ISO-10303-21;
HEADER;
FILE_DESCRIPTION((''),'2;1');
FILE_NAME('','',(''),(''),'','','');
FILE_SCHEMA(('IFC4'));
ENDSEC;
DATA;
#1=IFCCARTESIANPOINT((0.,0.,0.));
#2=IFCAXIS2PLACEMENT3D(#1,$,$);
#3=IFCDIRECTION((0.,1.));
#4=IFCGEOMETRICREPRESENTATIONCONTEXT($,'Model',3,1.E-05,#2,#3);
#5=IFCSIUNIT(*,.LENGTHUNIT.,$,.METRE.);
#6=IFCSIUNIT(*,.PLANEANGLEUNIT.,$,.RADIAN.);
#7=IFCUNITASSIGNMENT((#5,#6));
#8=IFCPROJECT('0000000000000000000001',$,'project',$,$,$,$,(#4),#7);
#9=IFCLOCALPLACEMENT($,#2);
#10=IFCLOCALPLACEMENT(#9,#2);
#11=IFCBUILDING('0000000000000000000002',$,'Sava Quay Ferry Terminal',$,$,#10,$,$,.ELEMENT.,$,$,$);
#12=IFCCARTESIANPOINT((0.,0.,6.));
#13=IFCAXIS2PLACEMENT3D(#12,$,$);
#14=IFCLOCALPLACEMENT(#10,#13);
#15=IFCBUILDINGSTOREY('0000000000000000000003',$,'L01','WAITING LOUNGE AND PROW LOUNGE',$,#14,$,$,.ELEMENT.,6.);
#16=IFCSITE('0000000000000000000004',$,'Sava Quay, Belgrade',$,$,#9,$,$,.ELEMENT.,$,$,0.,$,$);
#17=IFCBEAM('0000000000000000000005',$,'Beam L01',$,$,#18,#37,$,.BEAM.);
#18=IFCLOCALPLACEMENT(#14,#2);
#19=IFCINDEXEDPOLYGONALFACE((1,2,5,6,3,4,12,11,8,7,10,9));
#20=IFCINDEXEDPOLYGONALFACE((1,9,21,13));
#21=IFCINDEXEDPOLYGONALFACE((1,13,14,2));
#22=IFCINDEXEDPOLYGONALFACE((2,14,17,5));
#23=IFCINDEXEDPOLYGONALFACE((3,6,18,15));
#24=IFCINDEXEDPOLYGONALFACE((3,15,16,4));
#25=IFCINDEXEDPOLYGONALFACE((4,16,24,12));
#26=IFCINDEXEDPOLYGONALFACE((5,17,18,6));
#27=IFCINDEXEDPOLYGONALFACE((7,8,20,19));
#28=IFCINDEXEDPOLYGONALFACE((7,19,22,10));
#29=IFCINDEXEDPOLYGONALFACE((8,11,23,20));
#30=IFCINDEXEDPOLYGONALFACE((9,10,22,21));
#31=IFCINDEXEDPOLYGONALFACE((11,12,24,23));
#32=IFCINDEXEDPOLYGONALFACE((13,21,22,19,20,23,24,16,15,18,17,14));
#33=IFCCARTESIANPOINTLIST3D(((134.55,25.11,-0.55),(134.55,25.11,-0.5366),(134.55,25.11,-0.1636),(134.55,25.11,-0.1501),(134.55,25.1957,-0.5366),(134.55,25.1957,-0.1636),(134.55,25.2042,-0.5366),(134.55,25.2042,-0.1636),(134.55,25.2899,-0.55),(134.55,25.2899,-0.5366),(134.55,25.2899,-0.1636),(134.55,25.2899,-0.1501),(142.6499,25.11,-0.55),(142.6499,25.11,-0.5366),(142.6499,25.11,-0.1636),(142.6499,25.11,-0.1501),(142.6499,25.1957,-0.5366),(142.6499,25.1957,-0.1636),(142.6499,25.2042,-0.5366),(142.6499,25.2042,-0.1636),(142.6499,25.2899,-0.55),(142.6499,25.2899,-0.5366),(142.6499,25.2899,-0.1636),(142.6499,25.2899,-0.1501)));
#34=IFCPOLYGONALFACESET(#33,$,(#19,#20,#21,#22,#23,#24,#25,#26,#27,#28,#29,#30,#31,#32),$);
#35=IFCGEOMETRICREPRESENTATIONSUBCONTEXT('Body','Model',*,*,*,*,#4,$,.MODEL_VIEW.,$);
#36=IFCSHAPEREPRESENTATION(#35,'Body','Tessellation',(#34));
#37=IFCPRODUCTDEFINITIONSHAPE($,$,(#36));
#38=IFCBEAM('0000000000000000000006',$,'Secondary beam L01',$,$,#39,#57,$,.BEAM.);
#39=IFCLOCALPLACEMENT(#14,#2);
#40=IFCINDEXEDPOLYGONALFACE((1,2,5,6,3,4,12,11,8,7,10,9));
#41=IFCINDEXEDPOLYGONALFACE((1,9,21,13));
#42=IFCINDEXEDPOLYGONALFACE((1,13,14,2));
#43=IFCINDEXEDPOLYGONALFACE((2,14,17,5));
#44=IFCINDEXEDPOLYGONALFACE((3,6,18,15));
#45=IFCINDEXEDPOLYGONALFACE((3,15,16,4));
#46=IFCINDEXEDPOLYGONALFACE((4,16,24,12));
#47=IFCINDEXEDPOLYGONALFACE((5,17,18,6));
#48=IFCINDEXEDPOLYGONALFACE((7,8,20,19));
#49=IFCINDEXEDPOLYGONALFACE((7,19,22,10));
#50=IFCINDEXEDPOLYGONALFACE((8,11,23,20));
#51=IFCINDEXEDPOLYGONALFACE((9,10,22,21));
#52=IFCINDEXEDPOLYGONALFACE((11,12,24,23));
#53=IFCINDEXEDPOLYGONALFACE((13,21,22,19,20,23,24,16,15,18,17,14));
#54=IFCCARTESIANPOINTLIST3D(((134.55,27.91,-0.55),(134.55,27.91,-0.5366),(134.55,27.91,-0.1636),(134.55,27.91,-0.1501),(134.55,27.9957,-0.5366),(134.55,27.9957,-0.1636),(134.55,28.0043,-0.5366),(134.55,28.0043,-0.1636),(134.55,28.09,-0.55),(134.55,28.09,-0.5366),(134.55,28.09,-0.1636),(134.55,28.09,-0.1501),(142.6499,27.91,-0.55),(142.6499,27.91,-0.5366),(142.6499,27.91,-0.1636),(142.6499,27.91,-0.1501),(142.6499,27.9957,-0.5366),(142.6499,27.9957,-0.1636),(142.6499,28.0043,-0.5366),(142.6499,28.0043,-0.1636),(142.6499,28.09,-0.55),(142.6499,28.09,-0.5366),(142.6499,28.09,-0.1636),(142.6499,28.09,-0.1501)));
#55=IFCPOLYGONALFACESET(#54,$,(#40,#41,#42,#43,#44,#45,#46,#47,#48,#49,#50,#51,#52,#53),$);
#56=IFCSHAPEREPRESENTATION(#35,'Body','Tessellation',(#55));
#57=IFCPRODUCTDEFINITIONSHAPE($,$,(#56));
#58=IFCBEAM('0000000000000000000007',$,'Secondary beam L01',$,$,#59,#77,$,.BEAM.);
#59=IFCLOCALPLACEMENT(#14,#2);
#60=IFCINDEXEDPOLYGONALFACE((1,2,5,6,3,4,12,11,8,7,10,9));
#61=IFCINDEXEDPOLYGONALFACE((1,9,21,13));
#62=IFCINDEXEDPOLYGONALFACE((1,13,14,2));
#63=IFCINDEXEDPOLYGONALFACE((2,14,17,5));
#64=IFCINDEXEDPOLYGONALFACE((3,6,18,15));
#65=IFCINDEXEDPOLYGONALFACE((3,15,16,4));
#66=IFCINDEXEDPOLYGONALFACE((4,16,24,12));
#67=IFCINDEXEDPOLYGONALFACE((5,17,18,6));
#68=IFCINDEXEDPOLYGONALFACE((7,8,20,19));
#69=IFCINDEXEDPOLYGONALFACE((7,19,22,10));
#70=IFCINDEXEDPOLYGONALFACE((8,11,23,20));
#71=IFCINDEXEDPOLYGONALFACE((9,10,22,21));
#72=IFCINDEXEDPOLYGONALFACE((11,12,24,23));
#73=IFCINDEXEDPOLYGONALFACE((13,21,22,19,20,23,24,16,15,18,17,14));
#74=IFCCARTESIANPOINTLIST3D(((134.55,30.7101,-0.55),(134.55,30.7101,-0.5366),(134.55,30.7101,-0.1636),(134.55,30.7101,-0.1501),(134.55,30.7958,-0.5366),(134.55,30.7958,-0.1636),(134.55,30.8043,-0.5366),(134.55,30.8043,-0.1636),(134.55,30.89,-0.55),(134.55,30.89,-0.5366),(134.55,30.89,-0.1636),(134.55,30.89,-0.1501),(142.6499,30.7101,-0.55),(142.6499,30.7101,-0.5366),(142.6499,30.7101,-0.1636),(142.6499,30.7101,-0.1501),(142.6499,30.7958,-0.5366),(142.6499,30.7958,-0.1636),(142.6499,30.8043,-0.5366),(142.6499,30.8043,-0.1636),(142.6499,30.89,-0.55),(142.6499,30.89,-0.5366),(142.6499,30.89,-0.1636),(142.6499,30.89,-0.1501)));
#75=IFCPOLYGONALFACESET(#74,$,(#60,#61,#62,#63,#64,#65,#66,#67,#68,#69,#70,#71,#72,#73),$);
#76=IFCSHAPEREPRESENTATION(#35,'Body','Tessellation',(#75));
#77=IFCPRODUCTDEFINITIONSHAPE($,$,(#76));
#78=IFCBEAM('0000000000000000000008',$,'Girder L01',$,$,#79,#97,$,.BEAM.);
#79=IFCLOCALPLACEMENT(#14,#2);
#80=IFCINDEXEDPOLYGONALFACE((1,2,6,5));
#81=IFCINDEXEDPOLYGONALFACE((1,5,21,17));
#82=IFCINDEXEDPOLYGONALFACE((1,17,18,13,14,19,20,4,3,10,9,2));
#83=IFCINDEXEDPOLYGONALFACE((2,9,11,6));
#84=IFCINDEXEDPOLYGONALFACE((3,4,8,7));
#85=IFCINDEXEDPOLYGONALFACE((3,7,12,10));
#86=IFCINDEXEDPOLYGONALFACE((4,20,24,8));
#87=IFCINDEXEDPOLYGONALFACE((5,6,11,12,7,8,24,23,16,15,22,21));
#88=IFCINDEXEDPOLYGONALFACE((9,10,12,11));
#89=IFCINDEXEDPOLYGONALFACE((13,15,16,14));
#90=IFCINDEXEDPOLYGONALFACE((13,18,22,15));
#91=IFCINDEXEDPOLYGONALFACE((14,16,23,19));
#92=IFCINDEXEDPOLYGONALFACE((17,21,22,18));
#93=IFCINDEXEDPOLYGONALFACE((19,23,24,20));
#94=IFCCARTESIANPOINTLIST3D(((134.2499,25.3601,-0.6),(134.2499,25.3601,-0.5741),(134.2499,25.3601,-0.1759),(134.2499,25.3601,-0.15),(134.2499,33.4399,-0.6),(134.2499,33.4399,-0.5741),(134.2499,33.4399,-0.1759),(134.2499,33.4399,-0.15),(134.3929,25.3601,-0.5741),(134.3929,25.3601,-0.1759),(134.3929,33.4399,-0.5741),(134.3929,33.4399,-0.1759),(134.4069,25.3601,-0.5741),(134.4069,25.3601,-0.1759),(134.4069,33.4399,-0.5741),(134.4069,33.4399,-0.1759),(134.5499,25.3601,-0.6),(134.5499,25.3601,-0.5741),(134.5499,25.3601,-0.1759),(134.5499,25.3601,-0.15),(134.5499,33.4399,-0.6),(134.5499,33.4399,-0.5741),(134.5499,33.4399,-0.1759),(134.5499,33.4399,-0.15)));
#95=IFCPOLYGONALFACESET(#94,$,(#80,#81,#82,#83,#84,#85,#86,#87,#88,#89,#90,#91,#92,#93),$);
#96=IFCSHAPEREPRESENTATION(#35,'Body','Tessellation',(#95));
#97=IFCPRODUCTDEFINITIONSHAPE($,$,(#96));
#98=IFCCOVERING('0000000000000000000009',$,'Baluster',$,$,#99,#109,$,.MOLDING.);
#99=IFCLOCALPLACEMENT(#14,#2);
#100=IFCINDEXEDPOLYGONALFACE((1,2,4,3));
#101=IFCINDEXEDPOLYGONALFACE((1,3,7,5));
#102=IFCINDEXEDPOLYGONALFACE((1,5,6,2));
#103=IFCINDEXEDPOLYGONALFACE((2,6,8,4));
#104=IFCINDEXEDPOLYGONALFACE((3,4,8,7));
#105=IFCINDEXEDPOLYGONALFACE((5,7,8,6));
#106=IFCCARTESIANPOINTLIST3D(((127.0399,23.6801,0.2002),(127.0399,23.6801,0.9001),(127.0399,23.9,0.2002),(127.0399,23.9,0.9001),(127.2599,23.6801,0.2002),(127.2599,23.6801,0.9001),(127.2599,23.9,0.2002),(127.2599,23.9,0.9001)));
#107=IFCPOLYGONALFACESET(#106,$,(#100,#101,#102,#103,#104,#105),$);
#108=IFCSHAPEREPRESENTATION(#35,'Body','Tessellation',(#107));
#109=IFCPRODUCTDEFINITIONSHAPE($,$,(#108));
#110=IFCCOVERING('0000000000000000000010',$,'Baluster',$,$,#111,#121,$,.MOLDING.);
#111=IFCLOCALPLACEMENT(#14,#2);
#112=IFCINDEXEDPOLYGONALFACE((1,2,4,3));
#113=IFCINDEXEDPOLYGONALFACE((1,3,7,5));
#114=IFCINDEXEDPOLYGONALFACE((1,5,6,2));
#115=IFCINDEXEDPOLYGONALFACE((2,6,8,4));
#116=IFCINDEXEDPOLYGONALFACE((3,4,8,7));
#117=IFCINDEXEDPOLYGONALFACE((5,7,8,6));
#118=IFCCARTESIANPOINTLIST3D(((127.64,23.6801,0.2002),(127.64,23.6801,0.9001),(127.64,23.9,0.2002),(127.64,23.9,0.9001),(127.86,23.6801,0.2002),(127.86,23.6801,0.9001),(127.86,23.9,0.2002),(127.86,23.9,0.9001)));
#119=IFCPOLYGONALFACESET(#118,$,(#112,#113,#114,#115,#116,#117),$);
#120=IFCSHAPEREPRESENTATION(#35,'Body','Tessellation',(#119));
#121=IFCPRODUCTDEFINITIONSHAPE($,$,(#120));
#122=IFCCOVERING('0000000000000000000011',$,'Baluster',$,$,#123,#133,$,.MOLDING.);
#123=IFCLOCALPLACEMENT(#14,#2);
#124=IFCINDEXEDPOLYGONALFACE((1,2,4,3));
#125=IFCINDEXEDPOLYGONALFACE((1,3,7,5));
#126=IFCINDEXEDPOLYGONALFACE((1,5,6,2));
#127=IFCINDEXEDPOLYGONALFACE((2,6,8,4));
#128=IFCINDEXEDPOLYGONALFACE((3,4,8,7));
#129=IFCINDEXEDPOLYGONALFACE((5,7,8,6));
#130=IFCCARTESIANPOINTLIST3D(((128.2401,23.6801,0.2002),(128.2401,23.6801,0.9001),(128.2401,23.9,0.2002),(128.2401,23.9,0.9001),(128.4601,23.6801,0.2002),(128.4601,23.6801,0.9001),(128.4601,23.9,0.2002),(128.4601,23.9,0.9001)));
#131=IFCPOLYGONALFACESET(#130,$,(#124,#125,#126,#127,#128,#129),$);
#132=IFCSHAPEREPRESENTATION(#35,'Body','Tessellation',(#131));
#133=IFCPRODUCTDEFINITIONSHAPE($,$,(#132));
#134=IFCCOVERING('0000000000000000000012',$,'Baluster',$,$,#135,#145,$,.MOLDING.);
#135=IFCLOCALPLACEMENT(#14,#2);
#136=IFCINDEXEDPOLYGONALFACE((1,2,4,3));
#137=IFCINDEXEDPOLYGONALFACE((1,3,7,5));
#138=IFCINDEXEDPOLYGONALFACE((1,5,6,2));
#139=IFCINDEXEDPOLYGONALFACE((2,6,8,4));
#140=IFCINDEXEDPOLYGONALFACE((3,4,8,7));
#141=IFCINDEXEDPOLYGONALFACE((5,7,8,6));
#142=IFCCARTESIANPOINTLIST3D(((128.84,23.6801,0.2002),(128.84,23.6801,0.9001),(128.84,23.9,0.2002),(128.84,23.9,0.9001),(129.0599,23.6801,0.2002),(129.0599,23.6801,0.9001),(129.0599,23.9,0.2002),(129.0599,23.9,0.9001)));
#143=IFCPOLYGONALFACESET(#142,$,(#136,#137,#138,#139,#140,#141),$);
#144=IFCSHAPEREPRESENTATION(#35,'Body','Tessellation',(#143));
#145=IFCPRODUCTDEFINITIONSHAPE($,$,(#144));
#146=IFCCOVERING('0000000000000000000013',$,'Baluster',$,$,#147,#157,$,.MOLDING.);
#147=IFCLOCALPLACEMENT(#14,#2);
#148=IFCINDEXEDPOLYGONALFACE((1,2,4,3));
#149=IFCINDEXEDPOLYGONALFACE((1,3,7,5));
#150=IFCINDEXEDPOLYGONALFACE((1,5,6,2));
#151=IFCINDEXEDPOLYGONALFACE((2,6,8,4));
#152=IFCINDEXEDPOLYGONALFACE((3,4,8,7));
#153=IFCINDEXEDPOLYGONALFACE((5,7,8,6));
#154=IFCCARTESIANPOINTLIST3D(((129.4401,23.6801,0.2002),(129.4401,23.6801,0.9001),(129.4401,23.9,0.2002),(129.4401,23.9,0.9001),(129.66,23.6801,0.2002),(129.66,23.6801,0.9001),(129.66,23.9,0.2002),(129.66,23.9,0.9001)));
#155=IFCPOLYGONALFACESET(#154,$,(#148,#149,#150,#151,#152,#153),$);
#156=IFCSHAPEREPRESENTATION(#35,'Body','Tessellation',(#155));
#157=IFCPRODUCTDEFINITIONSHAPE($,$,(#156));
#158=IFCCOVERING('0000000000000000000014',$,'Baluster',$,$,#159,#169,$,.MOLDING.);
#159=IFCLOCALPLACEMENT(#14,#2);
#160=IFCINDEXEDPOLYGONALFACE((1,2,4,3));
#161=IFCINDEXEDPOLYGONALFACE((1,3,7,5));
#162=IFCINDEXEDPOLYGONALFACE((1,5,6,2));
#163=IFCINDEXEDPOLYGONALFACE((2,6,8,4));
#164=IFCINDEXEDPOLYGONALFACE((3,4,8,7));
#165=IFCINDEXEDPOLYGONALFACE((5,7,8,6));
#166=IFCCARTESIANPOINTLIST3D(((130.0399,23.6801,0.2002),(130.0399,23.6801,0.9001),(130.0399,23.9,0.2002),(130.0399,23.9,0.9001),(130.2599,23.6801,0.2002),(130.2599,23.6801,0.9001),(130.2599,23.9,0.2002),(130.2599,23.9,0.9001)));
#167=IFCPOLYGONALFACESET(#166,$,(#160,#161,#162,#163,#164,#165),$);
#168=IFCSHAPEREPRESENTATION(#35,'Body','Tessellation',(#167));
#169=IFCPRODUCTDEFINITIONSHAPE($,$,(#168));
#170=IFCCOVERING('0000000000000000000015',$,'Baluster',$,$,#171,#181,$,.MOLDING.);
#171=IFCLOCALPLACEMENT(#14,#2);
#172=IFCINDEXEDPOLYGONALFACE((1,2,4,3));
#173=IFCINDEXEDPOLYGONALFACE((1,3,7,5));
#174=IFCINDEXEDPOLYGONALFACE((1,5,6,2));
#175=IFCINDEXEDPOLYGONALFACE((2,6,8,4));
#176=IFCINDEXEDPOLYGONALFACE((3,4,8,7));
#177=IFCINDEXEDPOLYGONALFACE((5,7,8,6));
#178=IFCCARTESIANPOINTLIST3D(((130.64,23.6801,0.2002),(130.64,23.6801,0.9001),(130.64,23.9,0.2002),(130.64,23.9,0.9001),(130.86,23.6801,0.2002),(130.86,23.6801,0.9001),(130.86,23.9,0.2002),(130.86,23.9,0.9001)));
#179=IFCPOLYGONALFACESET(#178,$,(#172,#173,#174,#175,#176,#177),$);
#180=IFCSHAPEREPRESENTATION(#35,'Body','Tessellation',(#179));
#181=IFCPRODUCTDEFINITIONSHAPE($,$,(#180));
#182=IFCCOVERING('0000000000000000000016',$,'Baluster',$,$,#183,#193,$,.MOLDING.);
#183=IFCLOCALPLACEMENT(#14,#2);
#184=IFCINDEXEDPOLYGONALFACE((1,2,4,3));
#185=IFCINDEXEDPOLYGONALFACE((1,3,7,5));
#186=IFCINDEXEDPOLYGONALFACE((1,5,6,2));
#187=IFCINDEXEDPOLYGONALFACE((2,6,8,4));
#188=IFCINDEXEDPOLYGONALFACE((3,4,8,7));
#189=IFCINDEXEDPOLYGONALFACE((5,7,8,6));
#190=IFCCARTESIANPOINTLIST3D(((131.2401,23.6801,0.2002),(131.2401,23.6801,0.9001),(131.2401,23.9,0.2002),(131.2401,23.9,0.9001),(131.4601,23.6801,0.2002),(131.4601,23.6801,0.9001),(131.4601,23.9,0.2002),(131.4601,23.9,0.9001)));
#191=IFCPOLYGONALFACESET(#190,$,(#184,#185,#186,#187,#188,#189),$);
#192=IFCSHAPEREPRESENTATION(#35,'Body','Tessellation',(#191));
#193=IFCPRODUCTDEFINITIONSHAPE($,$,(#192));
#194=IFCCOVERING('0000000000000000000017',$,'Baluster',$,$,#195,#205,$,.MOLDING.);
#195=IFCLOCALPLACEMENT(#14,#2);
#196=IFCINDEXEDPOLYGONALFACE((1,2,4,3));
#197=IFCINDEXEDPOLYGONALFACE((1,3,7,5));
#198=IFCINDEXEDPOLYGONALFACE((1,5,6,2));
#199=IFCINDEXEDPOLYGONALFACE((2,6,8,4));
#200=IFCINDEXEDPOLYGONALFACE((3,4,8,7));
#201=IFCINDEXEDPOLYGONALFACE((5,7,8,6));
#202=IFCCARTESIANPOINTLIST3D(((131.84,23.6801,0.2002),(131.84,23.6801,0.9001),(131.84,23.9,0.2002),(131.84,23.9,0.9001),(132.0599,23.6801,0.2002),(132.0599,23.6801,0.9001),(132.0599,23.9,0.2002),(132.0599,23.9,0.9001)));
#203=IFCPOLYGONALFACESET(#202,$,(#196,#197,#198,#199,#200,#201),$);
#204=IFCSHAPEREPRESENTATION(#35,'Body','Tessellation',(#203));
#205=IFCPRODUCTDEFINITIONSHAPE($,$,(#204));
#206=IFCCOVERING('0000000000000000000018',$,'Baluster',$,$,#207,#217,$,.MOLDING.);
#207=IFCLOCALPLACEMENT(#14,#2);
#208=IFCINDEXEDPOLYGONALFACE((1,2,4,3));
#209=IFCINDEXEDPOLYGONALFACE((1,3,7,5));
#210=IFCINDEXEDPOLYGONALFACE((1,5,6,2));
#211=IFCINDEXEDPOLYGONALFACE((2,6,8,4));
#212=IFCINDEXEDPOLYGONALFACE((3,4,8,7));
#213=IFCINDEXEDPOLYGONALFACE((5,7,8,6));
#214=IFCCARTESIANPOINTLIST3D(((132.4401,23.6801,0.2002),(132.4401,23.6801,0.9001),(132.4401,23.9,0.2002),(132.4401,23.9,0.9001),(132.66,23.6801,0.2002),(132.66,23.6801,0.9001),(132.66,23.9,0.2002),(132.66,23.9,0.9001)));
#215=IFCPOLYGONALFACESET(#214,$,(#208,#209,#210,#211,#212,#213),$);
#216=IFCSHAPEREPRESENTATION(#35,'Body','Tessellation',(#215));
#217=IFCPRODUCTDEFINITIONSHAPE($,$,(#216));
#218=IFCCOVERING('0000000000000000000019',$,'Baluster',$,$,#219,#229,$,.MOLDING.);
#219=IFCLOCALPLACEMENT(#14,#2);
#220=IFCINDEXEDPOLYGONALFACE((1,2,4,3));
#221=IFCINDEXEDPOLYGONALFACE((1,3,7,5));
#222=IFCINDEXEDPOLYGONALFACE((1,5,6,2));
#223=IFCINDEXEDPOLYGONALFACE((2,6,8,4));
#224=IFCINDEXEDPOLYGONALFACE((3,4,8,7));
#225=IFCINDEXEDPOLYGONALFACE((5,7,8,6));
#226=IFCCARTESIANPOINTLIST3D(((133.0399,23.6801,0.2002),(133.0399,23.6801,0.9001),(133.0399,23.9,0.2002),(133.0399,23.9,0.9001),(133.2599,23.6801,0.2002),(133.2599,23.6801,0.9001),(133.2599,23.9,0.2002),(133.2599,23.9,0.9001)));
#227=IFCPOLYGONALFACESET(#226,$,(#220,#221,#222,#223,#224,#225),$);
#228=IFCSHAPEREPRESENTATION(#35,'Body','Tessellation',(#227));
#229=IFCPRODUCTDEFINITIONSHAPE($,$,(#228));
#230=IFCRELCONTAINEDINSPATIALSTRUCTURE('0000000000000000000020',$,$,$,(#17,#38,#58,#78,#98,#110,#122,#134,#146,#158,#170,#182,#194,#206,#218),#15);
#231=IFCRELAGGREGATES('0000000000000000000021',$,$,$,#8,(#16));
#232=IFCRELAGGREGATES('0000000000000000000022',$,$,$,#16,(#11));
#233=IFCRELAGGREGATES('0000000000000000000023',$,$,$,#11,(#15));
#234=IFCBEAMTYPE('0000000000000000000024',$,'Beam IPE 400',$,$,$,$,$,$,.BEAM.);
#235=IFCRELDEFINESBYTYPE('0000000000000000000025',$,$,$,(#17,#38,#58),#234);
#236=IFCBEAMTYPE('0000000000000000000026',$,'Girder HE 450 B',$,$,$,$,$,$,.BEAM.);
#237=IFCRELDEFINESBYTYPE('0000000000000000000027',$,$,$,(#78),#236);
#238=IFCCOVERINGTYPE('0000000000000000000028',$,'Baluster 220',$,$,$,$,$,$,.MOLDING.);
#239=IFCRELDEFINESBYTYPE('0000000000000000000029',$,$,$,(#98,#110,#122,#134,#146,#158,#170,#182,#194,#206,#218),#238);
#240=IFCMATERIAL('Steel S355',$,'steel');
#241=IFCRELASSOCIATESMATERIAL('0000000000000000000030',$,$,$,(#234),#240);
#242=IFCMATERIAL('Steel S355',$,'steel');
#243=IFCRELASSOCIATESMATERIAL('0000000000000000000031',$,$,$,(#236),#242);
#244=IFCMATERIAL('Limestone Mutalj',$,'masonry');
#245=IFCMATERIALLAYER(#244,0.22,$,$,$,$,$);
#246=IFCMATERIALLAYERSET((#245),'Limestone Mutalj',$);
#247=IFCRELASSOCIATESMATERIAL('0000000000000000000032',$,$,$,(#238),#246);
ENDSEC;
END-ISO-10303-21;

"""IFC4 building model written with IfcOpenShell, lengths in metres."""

from ifc_helpers import new_model, si_unit, direction, frame, origin, origin_2d, place, context, subcontext, project, spatial, rectangle, i_section, extrude, material, layer, layer_set, material_profile, profile_set, type_object, element, save


model = new_model("IFC4")

# Units and contexts
model_context = context("Model", 3, precision=1e-05, world=origin(), true_north=direction((0.0, 1.0)))
body_context = subcontext(model_context, "Body", "Model", "MODEL_VIEW")
ifc_project = project(units=[si_unit("LENGTHUNIT", "METRE"), si_unit("PLANEANGLEUNIT", "RADIAN")], contexts=[model_context])

# Site, building, storey
site_placement = place(None, origin())
site = spatial("IfcSite", under=ifc_project, at=site_placement, Name="Sava Quay, Belgrade", CompositionType="ELEMENT", RefElevation=0.0)
building_placement = place(site_placement, origin())
building = spatial("IfcBuilding", under=site, at=building_placement, Name="Sava Quay Ferry Terminal", CompositionType="ELEMENT")
storey_placement = place(building_placement, frame((0.0, 0.0, 6.0)))
storey = spatial("IfcBuildingStorey", under=building, at=storey_placement, Name="L01", Description="WAITING LOUNGE AND PROW LOUNGE", CompositionType="ELEMENT", Elevation=6.0)

# Beams
ifc_material_1 = material(Name="Steel S355", Category="steel")
ifc_material_profile_1 = material_profile(ifc_material_1, i_section(OverallWidth=0.1799, OverallDepth=0.3999, WebThickness=0.0085, FlangeThickness=0.0134, at=origin_2d()), Name="IPE 400")
ifc_profile_set_1 = profile_set([ifc_material_profile_1], Name="Steel S355")
beam_type_1 = type_object("IfcBeamType", Name="Beam IPE 400", PredefinedType="BEAM", material=ifc_profile_set_1)
for number, where, z_axis, x_axis, name in (
    (1, (134.55, 25.2, -0.3501), (1.0, 0.0, 0.0), (0.0, 1.0, 0.0), "Beam L01"),
    (2, (134.55, 28.0, -0.3501), (1.0, 0.0, 0.0), (0.0, 1.0, 0.0), "Secondary beam L01"),
    (3, (134.55, 30.8, -0.3501), (1.0, 0.0, 0.0), (0.0, 1.0, 0.0), "Secondary beam L01"),
):
    element("IfcBeam", number, at=place(storey_placement, frame(where, z_axis=z_axis, x_axis=x_axis)), inside=storey, type_object=beam_type_1, Name=name, PredefinedType="BEAM", context=body_context, shape_type="SweptSolid", body=[
        extrude(i_section(OverallWidth=0.1799, OverallDepth=0.3999, WebThickness=0.0085, FlangeThickness=0.0134, at=origin_2d()), origin(), (0.0, 0.0, 1.0), 8.0999),
    ])
ifc_material_2 = material(Name="Steel S355", Category="steel")
ifc_material_profile_2 = material_profile(ifc_material_2, i_section(OverallWidth=0.3, OverallDepth=0.45, WebThickness=0.0139, FlangeThickness=0.0259, at=origin_2d()), Name="HE 450 B")
ifc_profile_set_2 = profile_set([ifc_material_profile_2], Name="Steel S355")
beam_type_2 = type_object("IfcBeamType", Name="Girder HE 450 B", PredefinedType="BEAM", material=ifc_profile_set_2)
beam_placement = place(storey_placement, frame((134.3999, 25.3601, -0.375), z_axis=(0.0, 1.0, 0.0), x_axis=(-1.0, 0.0, 0.0)))
element("IfcBeam", 4, at=beam_placement, inside=storey, type_object=beam_type_2, Name="Girder L01", PredefinedType="BEAM", context=body_context, shape_type="SweptSolid", body=[
    extrude(i_section(OverallWidth=0.3, OverallDepth=0.45, WebThickness=0.0139, FlangeThickness=0.0259, at=origin_2d()), origin(), (0.0, 0.0, 1.0), 8.0798),
])

# Coverings
ifc_material_3 = material(Name="Limestone Mutalj", Category="masonry")
ifc_layer_1 = layer(ifc_material_3, 0.22)
ifc_layer_set_1 = layer_set([ifc_layer_1], Name="Limestone Mutalj")
covering_type_1 = type_object("IfcCoveringType", Name="Baluster 220", PredefinedType="MOLDING", material=ifc_layer_set_1)
for number, where, z_axis, x_axis, name in (
    (5, (127.1499, 23.79, 0.2002), (0.0, 0.0, 1.0), (1.0, 0.0, 0.0), "Baluster"),
    (6, (127.75, 23.79, 0.2002), (0.0, 0.0, 1.0), (1.0, 0.0, 0.0), "Baluster"),
    (7, (128.3501, 23.79, 0.2002), (0.0, 0.0, 1.0), (1.0, 0.0, 0.0), "Baluster"),
    (8, (128.95, 23.79, 0.2002), (0.0, 0.0, 1.0), (1.0, 0.0, 0.0), "Baluster"),
    (9, (129.55, 23.79, 0.2002), (0.0, 0.0, 1.0), (1.0, 0.0, 0.0), "Baluster"),
    (10, (130.1499, 23.79, 0.2002), (0.0, 0.0, 1.0), (1.0, 0.0, 0.0), "Baluster"),
    (11, (130.75, 23.79, 0.2002), (0.0, 0.0, 1.0), (1.0, 0.0, 0.0), "Baluster"),
    (12, (131.3501, 23.79, 0.2002), (0.0, 0.0, 1.0), (1.0, 0.0, 0.0), "Baluster"),
    (13, (131.95, 23.79, 0.2002), (0.0, 0.0, 1.0), (1.0, 0.0, 0.0), "Baluster"),
    (14, (132.55, 23.79, 0.2002), (0.0, 0.0, 1.0), (1.0, 0.0, 0.0), "Baluster"),
    (15, (133.1499, 23.79, 0.2002), (0.0, 0.0, 1.0), (1.0, 0.0, 0.0), "Baluster"),
):
    element("IfcCovering", number, at=place(storey_placement, frame(where, z_axis=z_axis, x_axis=x_axis)), inside=storey, type_object=covering_type_1, Name=name, PredefinedType="MOLDING", context=body_context, shape_type="SweptSolid", body=[
        extrude(rectangle(XDim=0.22, YDim=0.22, at=origin_2d()), origin(), (0.0, 0.0, 1.0), 0.7),
    ])

save(model, "model.ifc")
